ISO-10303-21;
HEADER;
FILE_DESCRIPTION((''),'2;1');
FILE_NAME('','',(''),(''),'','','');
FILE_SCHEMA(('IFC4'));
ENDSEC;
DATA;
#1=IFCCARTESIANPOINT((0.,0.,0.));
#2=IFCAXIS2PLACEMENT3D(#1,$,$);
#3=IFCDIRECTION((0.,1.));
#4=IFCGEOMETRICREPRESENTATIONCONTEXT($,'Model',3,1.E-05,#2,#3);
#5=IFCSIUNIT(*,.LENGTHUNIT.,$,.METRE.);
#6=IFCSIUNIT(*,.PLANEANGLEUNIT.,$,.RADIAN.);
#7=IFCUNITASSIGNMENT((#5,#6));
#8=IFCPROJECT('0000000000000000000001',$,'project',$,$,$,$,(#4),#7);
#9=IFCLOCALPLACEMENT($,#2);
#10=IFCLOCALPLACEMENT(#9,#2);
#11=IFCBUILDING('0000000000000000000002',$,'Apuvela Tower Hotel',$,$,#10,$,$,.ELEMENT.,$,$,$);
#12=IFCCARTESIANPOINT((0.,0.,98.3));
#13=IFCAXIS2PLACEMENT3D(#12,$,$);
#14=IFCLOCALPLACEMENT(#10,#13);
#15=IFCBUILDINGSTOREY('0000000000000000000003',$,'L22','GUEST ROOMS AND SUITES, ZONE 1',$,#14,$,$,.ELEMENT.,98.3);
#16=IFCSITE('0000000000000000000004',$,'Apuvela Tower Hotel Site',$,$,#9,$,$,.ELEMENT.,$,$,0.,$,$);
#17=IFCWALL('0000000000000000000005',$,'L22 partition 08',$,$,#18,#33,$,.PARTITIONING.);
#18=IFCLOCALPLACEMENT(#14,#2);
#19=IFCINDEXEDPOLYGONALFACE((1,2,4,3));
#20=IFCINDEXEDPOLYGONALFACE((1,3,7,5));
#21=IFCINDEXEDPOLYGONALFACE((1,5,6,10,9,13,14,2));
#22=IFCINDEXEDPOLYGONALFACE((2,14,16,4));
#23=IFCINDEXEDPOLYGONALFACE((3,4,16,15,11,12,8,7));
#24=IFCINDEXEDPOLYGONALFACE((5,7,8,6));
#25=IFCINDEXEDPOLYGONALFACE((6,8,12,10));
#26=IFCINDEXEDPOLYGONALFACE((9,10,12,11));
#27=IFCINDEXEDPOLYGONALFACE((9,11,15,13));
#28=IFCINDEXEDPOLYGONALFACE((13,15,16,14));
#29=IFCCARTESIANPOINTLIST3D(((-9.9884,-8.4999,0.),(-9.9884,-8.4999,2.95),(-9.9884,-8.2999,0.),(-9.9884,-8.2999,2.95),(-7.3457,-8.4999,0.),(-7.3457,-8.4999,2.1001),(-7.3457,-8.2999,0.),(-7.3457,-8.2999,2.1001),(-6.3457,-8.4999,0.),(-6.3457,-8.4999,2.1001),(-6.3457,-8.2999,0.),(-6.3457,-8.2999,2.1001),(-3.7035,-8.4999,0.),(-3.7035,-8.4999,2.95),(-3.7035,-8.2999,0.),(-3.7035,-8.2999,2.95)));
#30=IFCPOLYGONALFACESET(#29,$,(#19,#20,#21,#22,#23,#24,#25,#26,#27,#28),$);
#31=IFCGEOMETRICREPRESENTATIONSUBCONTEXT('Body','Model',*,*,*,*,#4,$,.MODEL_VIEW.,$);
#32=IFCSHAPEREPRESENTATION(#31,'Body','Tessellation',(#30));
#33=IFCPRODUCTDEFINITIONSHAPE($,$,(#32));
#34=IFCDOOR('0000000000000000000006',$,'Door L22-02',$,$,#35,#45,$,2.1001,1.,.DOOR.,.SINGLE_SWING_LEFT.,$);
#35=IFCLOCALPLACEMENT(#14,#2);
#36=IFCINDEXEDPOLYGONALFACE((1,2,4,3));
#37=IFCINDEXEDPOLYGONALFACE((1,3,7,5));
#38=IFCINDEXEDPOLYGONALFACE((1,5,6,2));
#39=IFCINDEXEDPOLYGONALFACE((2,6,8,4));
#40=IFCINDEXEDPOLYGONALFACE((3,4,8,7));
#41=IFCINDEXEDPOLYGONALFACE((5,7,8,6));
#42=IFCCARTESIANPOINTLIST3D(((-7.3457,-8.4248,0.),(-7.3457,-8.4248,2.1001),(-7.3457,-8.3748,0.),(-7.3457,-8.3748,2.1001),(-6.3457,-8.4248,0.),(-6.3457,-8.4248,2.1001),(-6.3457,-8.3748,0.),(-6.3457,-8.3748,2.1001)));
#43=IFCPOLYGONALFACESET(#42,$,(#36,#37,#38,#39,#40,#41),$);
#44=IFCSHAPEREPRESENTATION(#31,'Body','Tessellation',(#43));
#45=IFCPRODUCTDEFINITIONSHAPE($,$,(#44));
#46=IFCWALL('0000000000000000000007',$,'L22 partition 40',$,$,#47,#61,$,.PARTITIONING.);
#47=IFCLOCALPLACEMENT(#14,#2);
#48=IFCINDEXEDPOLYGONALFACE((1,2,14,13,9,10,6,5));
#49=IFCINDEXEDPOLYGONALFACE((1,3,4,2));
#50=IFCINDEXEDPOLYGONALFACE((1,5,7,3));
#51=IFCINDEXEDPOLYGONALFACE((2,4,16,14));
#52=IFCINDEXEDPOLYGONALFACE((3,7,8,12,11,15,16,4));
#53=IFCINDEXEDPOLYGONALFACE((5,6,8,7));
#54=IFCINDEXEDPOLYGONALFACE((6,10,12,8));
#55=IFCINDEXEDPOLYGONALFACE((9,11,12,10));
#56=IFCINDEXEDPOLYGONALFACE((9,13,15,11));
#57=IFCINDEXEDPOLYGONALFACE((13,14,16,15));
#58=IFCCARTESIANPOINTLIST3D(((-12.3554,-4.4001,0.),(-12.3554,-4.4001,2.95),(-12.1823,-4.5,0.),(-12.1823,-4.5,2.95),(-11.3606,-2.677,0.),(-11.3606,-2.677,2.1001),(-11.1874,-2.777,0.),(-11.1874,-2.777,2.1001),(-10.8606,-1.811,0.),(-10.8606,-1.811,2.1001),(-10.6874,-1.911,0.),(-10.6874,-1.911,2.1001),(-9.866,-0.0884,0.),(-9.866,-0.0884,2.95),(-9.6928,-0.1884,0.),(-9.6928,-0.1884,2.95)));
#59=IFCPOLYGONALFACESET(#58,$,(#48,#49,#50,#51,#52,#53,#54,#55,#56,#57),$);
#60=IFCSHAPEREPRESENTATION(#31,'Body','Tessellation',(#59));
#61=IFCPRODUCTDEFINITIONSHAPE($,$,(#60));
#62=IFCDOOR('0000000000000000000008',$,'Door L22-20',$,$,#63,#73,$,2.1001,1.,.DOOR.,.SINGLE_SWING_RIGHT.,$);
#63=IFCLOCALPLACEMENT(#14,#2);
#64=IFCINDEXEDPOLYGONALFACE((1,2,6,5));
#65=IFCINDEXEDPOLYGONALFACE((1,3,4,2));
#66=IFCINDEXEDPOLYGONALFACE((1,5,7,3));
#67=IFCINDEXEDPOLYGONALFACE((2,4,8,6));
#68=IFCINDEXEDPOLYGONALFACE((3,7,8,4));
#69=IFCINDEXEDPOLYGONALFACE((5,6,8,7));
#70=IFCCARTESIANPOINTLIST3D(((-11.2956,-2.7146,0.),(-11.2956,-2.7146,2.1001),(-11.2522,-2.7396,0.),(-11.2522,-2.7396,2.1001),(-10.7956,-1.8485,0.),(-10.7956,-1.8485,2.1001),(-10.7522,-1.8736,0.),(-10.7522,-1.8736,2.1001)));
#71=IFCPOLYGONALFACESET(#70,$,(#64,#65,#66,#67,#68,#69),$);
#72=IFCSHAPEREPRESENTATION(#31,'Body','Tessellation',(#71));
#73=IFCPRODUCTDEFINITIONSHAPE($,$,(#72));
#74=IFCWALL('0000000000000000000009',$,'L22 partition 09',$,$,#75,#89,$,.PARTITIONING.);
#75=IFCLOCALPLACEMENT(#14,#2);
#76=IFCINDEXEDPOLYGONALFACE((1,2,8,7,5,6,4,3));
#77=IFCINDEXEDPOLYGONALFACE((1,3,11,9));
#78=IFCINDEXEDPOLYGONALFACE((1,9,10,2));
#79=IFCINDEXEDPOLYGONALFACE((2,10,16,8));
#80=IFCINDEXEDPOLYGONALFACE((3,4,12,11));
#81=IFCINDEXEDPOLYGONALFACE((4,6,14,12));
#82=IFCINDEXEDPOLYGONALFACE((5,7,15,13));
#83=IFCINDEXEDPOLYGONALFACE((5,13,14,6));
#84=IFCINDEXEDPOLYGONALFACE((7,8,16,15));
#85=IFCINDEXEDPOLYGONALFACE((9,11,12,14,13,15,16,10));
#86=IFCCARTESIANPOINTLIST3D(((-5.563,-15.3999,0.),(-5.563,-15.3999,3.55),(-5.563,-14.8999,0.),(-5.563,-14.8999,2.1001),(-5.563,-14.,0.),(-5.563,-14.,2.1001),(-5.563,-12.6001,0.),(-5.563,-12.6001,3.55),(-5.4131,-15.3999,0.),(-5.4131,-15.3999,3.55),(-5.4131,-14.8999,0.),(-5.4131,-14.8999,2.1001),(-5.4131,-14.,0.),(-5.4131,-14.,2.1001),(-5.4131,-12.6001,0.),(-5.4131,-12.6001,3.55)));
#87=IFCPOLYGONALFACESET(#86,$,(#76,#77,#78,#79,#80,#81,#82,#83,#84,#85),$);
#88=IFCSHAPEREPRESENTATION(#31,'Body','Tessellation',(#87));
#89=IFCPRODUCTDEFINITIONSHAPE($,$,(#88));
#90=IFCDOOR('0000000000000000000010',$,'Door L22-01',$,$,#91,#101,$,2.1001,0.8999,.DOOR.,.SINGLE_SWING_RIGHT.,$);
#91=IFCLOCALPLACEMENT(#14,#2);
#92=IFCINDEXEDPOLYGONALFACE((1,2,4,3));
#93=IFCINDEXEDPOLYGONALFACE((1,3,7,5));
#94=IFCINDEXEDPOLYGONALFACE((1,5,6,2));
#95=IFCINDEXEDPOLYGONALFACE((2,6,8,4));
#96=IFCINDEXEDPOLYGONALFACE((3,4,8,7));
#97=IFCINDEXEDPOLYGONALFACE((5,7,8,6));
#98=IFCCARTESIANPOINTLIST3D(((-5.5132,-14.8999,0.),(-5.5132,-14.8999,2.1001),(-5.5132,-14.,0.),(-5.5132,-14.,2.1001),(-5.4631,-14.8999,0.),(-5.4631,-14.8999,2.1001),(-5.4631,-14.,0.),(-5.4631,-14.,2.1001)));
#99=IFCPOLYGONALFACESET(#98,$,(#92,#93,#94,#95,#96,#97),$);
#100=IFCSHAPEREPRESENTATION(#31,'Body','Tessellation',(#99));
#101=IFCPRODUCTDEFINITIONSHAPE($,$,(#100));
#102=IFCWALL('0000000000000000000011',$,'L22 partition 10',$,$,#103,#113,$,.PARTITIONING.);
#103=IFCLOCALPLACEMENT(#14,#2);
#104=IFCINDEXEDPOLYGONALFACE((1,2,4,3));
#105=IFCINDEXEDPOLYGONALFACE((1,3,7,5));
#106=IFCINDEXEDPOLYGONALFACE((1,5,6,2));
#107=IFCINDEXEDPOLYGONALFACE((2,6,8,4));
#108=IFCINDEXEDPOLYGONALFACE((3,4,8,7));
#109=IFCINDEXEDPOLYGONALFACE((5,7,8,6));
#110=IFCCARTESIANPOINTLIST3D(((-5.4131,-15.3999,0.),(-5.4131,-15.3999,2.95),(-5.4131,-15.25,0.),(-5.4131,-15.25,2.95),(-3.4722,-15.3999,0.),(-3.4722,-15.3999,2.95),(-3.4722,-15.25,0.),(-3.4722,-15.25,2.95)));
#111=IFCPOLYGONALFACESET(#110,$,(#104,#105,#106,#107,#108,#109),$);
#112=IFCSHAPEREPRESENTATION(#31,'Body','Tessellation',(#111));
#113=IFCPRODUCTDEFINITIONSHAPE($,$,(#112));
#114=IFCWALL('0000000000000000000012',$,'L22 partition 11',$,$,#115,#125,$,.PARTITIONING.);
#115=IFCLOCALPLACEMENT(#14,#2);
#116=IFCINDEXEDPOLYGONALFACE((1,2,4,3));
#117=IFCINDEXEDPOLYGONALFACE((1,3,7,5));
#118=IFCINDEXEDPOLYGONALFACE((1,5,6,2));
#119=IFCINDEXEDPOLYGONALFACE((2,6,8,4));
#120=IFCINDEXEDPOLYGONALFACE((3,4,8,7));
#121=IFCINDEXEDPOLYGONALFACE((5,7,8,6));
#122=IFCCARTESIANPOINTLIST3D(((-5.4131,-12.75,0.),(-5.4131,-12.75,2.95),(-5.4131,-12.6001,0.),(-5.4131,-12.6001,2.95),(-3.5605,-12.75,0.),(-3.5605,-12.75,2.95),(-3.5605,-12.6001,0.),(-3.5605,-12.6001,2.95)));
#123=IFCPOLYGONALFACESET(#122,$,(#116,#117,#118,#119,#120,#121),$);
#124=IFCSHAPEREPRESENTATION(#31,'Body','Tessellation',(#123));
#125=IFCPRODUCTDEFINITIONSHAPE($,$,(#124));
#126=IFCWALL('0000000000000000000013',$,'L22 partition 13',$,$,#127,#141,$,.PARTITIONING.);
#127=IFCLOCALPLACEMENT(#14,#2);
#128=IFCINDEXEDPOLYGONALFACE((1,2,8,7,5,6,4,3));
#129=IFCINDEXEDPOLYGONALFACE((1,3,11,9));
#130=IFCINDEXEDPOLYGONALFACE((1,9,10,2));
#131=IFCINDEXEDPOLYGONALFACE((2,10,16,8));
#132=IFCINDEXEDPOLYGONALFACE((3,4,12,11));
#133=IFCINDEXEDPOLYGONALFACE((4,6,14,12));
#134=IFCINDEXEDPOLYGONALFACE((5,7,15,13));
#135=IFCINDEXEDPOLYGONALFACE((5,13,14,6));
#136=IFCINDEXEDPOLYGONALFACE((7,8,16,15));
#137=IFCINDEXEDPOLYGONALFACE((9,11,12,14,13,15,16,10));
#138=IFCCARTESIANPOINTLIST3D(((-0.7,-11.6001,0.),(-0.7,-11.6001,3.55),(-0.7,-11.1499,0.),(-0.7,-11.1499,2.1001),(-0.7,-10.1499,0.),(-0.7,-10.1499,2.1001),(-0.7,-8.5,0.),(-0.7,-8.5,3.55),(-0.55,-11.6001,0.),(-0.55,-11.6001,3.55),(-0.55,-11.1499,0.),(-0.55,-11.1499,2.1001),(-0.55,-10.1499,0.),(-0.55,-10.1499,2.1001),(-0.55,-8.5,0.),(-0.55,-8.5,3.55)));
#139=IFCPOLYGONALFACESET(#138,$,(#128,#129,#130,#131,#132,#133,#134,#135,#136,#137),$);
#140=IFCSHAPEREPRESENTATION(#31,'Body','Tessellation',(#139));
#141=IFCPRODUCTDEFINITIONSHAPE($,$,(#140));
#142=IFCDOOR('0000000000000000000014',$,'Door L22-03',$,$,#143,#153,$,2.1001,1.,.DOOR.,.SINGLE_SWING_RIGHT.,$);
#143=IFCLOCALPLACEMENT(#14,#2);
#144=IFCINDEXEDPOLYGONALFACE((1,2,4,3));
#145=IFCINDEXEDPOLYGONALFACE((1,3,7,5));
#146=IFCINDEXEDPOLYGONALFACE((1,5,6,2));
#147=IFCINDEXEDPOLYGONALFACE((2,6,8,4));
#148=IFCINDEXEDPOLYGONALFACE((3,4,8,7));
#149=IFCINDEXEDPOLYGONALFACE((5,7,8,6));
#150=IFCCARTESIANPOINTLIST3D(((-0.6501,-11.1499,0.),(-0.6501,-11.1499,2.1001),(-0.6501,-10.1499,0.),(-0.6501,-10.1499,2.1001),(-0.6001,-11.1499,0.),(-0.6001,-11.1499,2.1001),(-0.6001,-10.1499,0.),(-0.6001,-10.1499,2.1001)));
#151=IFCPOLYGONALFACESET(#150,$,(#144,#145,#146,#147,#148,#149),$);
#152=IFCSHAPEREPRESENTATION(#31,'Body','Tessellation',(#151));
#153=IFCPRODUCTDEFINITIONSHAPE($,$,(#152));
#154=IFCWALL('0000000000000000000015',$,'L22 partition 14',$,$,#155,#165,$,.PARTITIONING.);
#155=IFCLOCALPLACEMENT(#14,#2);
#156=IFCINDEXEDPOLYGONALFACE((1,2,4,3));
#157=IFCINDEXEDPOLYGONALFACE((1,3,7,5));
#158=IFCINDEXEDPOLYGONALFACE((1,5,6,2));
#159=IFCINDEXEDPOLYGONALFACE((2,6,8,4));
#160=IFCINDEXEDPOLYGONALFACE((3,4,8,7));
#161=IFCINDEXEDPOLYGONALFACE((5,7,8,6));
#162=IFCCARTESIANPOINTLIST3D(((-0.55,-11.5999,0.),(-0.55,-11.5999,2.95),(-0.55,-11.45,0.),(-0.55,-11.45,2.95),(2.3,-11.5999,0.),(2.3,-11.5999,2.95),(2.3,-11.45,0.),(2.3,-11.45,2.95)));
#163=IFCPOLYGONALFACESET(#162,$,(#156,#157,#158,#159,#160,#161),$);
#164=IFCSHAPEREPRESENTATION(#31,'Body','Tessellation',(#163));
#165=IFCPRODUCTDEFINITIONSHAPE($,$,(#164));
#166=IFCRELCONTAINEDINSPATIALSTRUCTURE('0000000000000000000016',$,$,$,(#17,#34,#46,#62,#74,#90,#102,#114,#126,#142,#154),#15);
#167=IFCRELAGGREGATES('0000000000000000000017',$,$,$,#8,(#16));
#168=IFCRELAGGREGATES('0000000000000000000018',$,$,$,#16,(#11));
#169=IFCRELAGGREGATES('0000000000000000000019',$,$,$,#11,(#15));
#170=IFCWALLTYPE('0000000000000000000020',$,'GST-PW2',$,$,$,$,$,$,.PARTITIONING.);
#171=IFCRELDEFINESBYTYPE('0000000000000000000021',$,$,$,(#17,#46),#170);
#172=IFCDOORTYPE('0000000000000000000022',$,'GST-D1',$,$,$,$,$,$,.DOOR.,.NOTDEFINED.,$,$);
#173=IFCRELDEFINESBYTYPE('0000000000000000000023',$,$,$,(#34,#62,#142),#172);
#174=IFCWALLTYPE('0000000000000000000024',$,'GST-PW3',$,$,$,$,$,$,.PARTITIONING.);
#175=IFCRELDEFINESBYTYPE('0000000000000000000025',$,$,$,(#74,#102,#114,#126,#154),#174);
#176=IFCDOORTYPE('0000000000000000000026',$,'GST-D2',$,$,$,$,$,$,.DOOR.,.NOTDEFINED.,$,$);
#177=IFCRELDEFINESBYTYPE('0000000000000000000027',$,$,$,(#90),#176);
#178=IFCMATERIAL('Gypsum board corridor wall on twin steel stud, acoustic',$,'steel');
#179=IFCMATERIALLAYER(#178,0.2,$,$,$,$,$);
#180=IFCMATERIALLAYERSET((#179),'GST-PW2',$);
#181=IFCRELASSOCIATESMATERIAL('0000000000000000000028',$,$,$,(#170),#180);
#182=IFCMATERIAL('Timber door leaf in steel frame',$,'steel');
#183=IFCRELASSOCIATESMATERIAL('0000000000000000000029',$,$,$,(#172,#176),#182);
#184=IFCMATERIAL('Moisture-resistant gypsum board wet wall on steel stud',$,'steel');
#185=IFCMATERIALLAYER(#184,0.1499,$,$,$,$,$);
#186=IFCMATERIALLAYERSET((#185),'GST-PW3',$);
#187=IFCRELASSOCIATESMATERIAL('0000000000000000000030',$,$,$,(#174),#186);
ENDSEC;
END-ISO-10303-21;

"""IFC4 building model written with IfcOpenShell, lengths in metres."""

from ifc_helpers import new_model, si_unit, direction, frame, frame_2d, origin, place, context, subcontext, project, spatial, rectangle, extrude, material, layer, layer_set, type_object, element, fill, save


model = new_model("IFC4")

# Units and contexts
model_context = context("Model", 3, precision=1e-05, world=origin(), true_north=direction((0.0, 1.0)))
body_context = subcontext(model_context, "Body", "Model", "MODEL_VIEW")
ifc_project = project(units=[si_unit("LENGTHUNIT", "METRE"), si_unit("PLANEANGLEUNIT", "RADIAN")], contexts=[model_context])

# Site, building, storey
site_placement = place(None, origin())
site = spatial("IfcSite", under=ifc_project, at=site_placement, Name="Apuvela Tower Hotel Site", CompositionType="ELEMENT", RefElevation=0.0)
building_placement = place(site_placement, origin())
building = spatial("IfcBuilding", under=site, at=building_placement, Name="Apuvela Tower Hotel", CompositionType="ELEMENT")
storey_placement = place(building_placement, frame((0.0, 0.0, 98.3)))
storey = spatial("IfcBuildingStorey", under=building, at=storey_placement, Name="L22", Description="GUEST ROOMS AND SUITES, ZONE 1", CompositionType="ELEMENT", Elevation=98.3)

# Walls, openings, doors
ifc_material_1 = material(Name="Gypsum board corridor wall on twin steel stud, acoustic", Category="steel")
ifc_layer_1 = layer(ifc_material_1, 0.2)
ifc_layer_set_1 = layer_set([ifc_layer_1], Name="GST-PW2")
wall_type_1 = type_object("IfcWallType", Name="GST-PW2", PredefinedType="PARTITIONING", material=ifc_layer_set_1)
wall_1_placement = place(storey_placement, frame((-3.7034, -8.3999, 0.0), z_axis=(0.0, 0.0, 1.0), x_axis=(-1.0, 0.0, 0.0)))
wall_1 = element("IfcWall", 1, at=wall_1_placement, inside=storey, type_object=wall_type_1, Name="L22 partition 08", PredefinedType="PARTITIONING", context=body_context, shape_type="SweptSolid", body=[
    extrude(rectangle(XDim=6.2849, YDim=0.2, at=frame_2d((3.1426, 0.0))), origin(), (0.0, 0.0, 1.0), 2.95),
])
opening_1_placement = place(wall_1_placement, frame((2.6423, 0.0, 0.0)))
opening_1 = element("IfcOpeningElement", 2, at=opening_1_placement, cuts=wall_1, PredefinedType="OPENING", context=body_context, shape_type="SweptSolid", body=[
    extrude(rectangle(XDim=1.0, YDim=2.1001, at=frame_2d((0.5, 1.05))), frame((0.0, 0.1099, 0.0), z_axis=(0.0, -1.0, 0.0), x_axis=(1.0, 0.0, 0.0)), (0.0, 0.0, 1.0), 0.22),
])
ifc_material_2 = material(Name="Timber door leaf in steel frame", Category="steel")
door_type_1 = type_object("IfcDoorType", Name="GST-D1", OperationType="NOTDEFINED", PredefinedType="DOOR", material=ifc_material_2)
door_1_placement = place(opening_1_placement, origin())
door_1 = element("IfcDoor", 3, at=door_1_placement, inside=storey, type_object=door_type_1, Name="Door L22-02", OperationType="SINGLE_SWING_LEFT", OverallHeight=2.1001, OverallWidth=1.0, PredefinedType="DOOR", context=body_context, shape_type="SweptSolid", body=[
    extrude(rectangle(XDim=1.0, YDim=2.1001, at=frame_2d((0.5, 1.05))), frame((0.0, 0.0249, 0.0), z_axis=(0.0, -1.0, 0.0), x_axis=(1.0, 0.0, 0.0)), (0.0, 0.0, 1.0), 0.05),
])
fill(opening_1, door_1)
wall_2_placement = place(storey_placement, frame((-12.2688, -4.45, 0.0), z_axis=(0.0, 0.0, 1.0), x_axis=(0.500015, 0.866017, 0.0)))
wall_2 = element("IfcWall", 4, at=wall_2_placement, inside=storey, type_object=wall_type_1, Name="L22 partition 40", PredefinedType="PARTITIONING", context=body_context, shape_type="SweptSolid", body=[
    extrude(rectangle(XDim=4.9788, YDim=0.2, at=frame_2d((2.4893, 0.0))), origin(), (0.0, 0.0, 1.0), 2.95),
])
opening_2_placement = place(wall_2_placement, frame((1.9895, 0.0, 0.0)))
opening_2 = element("IfcOpeningElement", 5, at=opening_2_placement, cuts=wall_2, PredefinedType="OPENING", context=body_context, shape_type="SweptSolid", body=[
    extrude(rectangle(XDim=1.0, YDim=2.1001, at=frame_2d((0.5, 1.05))), frame((0.0, 0.1099, 0.0), z_axis=(0.0, -1.0, 0.0), x_axis=(1.0, 0.0, 0.0)), (0.0, 0.0, 1.0), 0.22),
])
door_2_placement = place(opening_2_placement, origin())
door_2 = element("IfcDoor", 6, at=door_2_placement, inside=storey, type_object=door_type_1, Name="Door L22-20", OperationType="SINGLE_SWING_RIGHT", OverallHeight=2.1001, OverallWidth=1.0, PredefinedType="DOOR", context=body_context, shape_type="SweptSolid", body=[
    extrude(rectangle(XDim=1.0, YDim=2.1001, at=frame_2d((0.5, 1.05))), frame((0.0, 0.0249, 0.0), z_axis=(0.0, -1.0, 0.0), x_axis=(1.0, 0.0, 0.0)), (0.0, 0.0, 1.0), 0.05),
])
fill(opening_2, door_2)
ifc_material_3 = material(Name="Moisture-resistant gypsum board wet wall on steel stud", Category="steel")
ifc_layer_2 = layer(ifc_material_3, 0.1499)
ifc_layer_set_2 = layer_set([ifc_layer_2], Name="GST-PW3")
wall_type_2 = type_object("IfcWallType", Name="GST-PW3", PredefinedType="PARTITIONING", material=ifc_layer_set_2)
wall_3_placement = place(storey_placement, frame((-5.488, -12.6001, 0.0), z_axis=(0.0, 0.0, 1.0), x_axis=(0.0, -1.0, 0.0)))
wall_3 = element("IfcWall", 7, at=wall_3_placement, inside=storey, type_object=wall_type_2, Name="L22 partition 09", PredefinedType="PARTITIONING", context=body_context, shape_type="SweptSolid", body=[
    extrude(rectangle(XDim=2.7998, YDim=0.1499, at=frame_2d((1.3999, 0.0))), origin(), (0.0, 0.0, 1.0), 3.55),
])
opening_3_placement = place(wall_3_placement, frame((1.3999, 0.0, 0.0)))
opening_3 = element("IfcOpeningElement", 8, at=opening_3_placement, cuts=wall_3, PredefinedType="OPENING", context=body_context, shape_type="SweptSolid", body=[
    extrude(rectangle(XDim=0.8999, YDim=2.1001, at=frame_2d((0.45, 1.05))), frame((0.0, 0.085, 0.0), z_axis=(0.0, -1.0, 0.0), x_axis=(1.0, 0.0, 0.0)), (0.0, 0.0, 1.0), 0.1699),
])
door_type_2 = type_object("IfcDoorType", Name="GST-D2", OperationType="NOTDEFINED", PredefinedType="DOOR", material=ifc_material_2)
door_3_placement = place(opening_3_placement, origin())
door_3 = element("IfcDoor", 9, at=door_3_placement, inside=storey, type_object=door_type_2, Name="Door L22-01", OperationType="SINGLE_SWING_RIGHT", OverallHeight=2.1001, OverallWidth=0.8999, PredefinedType="DOOR", context=body_context, shape_type="SweptSolid", body=[
    extrude(rectangle(XDim=0.8999, YDim=2.1001, at=frame_2d((0.45, 1.05))), frame((0.0, 0.0249, 0.0), z_axis=(0.0, -1.0, 0.0), x_axis=(1.0, 0.0, 0.0)), (0.0, 0.0, 1.0), 0.05),
])
fill(opening_3, door_3)

# Walls
wall_4_placement = place(storey_placement, frame((-5.4131, -15.325, 0.0), z_axis=(0.0, 0.0, 1.0), x_axis=(1.0, 0.0, 0.0)))
element("IfcWall", 10, at=wall_4_placement, inside=storey, type_object=wall_type_2, Name="L22 partition 10", PredefinedType="PARTITIONING", context=body_context, shape_type="SweptSolid", body=[
    extrude(rectangle(XDim=1.9409, YDim=0.1499, at=frame_2d((0.9705, 0.0))), origin(), (0.0, 0.0, 1.0), 2.95),
])
wall_5_placement = place(storey_placement, frame((-5.4131, -12.675, 0.0), z_axis=(0.0, 0.0, 1.0), x_axis=(1.0, 0.0, 0.0)))
element("IfcWall", 11, at=wall_5_placement, inside=storey, type_object=wall_type_2, Name="L22 partition 11", PredefinedType="PARTITIONING", context=body_context, shape_type="SweptSolid", body=[
    extrude(rectangle(XDim=1.8525, YDim=0.1499, at=frame_2d((0.9263, 0.0))), origin(), (0.0, 0.0, 1.0), 2.95),
])

# Wall, opening, door
wall_6_placement = place(storey_placement, frame((-0.625, -8.5, 0.0), z_axis=(0.0, 0.0, 1.0), x_axis=(0.0, -1.0, 0.0)))
wall_6 = element("IfcWall", 12, at=wall_6_placement, inside=storey, type_object=wall_type_2, Name="L22 partition 13", PredefinedType="PARTITIONING", context=body_context, shape_type="SweptSolid", body=[
    extrude(rectangle(XDim=3.1001, YDim=0.1499, at=frame_2d((1.55, 0.0))), origin(), (0.0, 0.0, 1.0), 3.55),
])
opening_4_placement = place(wall_6_placement, frame((1.6499, 0.0, 0.0)))
opening_4 = element("IfcOpeningElement", 13, at=opening_4_placement, cuts=wall_6, PredefinedType="OPENING", context=body_context, shape_type="SweptSolid", body=[
    extrude(rectangle(XDim=1.0, YDim=2.1001, at=frame_2d((0.5, 1.05))), frame((0.0, 0.085, 0.0), z_axis=(0.0, -1.0, 0.0), x_axis=(1.0, 0.0, 0.0)), (0.0, 0.0, 1.0), 0.1699),
])
door_4_placement = place(opening_4_placement, origin())
door_4 = element("IfcDoor", 14, at=door_4_placement, inside=storey, type_object=door_type_1, Name="Door L22-03", OperationType="SINGLE_SWING_RIGHT", OverallHeight=2.1001, OverallWidth=1.0, PredefinedType="DOOR", context=body_context, shape_type="SweptSolid", body=[
    extrude(rectangle(XDim=1.0, YDim=2.1001, at=frame_2d((0.5, 1.05))), frame((0.0, 0.0249, 0.0), z_axis=(0.0, -1.0, 0.0), x_axis=(1.0, 0.0, 0.0)), (0.0, 0.0, 1.0), 0.05),
])
fill(opening_4, door_4)

# Wall
wall_7_placement = place(storey_placement, frame((-0.55, -11.5249, 0.0), z_axis=(0.0, 0.0, 1.0), x_axis=(1.0, 0.0, 0.0)))
element("IfcWall", 15, at=wall_7_placement, inside=storey, type_object=wall_type_2, Name="L22 partition 14", PredefinedType="PARTITIONING", context=body_context, shape_type="SweptSolid", body=[
    extrude(rectangle(XDim=2.8501, YDim=0.1499, at=frame_2d((1.425, 0.0))), origin(), (0.0, 0.0, 1.0), 2.95),
])

save(model, "model.ifc")
